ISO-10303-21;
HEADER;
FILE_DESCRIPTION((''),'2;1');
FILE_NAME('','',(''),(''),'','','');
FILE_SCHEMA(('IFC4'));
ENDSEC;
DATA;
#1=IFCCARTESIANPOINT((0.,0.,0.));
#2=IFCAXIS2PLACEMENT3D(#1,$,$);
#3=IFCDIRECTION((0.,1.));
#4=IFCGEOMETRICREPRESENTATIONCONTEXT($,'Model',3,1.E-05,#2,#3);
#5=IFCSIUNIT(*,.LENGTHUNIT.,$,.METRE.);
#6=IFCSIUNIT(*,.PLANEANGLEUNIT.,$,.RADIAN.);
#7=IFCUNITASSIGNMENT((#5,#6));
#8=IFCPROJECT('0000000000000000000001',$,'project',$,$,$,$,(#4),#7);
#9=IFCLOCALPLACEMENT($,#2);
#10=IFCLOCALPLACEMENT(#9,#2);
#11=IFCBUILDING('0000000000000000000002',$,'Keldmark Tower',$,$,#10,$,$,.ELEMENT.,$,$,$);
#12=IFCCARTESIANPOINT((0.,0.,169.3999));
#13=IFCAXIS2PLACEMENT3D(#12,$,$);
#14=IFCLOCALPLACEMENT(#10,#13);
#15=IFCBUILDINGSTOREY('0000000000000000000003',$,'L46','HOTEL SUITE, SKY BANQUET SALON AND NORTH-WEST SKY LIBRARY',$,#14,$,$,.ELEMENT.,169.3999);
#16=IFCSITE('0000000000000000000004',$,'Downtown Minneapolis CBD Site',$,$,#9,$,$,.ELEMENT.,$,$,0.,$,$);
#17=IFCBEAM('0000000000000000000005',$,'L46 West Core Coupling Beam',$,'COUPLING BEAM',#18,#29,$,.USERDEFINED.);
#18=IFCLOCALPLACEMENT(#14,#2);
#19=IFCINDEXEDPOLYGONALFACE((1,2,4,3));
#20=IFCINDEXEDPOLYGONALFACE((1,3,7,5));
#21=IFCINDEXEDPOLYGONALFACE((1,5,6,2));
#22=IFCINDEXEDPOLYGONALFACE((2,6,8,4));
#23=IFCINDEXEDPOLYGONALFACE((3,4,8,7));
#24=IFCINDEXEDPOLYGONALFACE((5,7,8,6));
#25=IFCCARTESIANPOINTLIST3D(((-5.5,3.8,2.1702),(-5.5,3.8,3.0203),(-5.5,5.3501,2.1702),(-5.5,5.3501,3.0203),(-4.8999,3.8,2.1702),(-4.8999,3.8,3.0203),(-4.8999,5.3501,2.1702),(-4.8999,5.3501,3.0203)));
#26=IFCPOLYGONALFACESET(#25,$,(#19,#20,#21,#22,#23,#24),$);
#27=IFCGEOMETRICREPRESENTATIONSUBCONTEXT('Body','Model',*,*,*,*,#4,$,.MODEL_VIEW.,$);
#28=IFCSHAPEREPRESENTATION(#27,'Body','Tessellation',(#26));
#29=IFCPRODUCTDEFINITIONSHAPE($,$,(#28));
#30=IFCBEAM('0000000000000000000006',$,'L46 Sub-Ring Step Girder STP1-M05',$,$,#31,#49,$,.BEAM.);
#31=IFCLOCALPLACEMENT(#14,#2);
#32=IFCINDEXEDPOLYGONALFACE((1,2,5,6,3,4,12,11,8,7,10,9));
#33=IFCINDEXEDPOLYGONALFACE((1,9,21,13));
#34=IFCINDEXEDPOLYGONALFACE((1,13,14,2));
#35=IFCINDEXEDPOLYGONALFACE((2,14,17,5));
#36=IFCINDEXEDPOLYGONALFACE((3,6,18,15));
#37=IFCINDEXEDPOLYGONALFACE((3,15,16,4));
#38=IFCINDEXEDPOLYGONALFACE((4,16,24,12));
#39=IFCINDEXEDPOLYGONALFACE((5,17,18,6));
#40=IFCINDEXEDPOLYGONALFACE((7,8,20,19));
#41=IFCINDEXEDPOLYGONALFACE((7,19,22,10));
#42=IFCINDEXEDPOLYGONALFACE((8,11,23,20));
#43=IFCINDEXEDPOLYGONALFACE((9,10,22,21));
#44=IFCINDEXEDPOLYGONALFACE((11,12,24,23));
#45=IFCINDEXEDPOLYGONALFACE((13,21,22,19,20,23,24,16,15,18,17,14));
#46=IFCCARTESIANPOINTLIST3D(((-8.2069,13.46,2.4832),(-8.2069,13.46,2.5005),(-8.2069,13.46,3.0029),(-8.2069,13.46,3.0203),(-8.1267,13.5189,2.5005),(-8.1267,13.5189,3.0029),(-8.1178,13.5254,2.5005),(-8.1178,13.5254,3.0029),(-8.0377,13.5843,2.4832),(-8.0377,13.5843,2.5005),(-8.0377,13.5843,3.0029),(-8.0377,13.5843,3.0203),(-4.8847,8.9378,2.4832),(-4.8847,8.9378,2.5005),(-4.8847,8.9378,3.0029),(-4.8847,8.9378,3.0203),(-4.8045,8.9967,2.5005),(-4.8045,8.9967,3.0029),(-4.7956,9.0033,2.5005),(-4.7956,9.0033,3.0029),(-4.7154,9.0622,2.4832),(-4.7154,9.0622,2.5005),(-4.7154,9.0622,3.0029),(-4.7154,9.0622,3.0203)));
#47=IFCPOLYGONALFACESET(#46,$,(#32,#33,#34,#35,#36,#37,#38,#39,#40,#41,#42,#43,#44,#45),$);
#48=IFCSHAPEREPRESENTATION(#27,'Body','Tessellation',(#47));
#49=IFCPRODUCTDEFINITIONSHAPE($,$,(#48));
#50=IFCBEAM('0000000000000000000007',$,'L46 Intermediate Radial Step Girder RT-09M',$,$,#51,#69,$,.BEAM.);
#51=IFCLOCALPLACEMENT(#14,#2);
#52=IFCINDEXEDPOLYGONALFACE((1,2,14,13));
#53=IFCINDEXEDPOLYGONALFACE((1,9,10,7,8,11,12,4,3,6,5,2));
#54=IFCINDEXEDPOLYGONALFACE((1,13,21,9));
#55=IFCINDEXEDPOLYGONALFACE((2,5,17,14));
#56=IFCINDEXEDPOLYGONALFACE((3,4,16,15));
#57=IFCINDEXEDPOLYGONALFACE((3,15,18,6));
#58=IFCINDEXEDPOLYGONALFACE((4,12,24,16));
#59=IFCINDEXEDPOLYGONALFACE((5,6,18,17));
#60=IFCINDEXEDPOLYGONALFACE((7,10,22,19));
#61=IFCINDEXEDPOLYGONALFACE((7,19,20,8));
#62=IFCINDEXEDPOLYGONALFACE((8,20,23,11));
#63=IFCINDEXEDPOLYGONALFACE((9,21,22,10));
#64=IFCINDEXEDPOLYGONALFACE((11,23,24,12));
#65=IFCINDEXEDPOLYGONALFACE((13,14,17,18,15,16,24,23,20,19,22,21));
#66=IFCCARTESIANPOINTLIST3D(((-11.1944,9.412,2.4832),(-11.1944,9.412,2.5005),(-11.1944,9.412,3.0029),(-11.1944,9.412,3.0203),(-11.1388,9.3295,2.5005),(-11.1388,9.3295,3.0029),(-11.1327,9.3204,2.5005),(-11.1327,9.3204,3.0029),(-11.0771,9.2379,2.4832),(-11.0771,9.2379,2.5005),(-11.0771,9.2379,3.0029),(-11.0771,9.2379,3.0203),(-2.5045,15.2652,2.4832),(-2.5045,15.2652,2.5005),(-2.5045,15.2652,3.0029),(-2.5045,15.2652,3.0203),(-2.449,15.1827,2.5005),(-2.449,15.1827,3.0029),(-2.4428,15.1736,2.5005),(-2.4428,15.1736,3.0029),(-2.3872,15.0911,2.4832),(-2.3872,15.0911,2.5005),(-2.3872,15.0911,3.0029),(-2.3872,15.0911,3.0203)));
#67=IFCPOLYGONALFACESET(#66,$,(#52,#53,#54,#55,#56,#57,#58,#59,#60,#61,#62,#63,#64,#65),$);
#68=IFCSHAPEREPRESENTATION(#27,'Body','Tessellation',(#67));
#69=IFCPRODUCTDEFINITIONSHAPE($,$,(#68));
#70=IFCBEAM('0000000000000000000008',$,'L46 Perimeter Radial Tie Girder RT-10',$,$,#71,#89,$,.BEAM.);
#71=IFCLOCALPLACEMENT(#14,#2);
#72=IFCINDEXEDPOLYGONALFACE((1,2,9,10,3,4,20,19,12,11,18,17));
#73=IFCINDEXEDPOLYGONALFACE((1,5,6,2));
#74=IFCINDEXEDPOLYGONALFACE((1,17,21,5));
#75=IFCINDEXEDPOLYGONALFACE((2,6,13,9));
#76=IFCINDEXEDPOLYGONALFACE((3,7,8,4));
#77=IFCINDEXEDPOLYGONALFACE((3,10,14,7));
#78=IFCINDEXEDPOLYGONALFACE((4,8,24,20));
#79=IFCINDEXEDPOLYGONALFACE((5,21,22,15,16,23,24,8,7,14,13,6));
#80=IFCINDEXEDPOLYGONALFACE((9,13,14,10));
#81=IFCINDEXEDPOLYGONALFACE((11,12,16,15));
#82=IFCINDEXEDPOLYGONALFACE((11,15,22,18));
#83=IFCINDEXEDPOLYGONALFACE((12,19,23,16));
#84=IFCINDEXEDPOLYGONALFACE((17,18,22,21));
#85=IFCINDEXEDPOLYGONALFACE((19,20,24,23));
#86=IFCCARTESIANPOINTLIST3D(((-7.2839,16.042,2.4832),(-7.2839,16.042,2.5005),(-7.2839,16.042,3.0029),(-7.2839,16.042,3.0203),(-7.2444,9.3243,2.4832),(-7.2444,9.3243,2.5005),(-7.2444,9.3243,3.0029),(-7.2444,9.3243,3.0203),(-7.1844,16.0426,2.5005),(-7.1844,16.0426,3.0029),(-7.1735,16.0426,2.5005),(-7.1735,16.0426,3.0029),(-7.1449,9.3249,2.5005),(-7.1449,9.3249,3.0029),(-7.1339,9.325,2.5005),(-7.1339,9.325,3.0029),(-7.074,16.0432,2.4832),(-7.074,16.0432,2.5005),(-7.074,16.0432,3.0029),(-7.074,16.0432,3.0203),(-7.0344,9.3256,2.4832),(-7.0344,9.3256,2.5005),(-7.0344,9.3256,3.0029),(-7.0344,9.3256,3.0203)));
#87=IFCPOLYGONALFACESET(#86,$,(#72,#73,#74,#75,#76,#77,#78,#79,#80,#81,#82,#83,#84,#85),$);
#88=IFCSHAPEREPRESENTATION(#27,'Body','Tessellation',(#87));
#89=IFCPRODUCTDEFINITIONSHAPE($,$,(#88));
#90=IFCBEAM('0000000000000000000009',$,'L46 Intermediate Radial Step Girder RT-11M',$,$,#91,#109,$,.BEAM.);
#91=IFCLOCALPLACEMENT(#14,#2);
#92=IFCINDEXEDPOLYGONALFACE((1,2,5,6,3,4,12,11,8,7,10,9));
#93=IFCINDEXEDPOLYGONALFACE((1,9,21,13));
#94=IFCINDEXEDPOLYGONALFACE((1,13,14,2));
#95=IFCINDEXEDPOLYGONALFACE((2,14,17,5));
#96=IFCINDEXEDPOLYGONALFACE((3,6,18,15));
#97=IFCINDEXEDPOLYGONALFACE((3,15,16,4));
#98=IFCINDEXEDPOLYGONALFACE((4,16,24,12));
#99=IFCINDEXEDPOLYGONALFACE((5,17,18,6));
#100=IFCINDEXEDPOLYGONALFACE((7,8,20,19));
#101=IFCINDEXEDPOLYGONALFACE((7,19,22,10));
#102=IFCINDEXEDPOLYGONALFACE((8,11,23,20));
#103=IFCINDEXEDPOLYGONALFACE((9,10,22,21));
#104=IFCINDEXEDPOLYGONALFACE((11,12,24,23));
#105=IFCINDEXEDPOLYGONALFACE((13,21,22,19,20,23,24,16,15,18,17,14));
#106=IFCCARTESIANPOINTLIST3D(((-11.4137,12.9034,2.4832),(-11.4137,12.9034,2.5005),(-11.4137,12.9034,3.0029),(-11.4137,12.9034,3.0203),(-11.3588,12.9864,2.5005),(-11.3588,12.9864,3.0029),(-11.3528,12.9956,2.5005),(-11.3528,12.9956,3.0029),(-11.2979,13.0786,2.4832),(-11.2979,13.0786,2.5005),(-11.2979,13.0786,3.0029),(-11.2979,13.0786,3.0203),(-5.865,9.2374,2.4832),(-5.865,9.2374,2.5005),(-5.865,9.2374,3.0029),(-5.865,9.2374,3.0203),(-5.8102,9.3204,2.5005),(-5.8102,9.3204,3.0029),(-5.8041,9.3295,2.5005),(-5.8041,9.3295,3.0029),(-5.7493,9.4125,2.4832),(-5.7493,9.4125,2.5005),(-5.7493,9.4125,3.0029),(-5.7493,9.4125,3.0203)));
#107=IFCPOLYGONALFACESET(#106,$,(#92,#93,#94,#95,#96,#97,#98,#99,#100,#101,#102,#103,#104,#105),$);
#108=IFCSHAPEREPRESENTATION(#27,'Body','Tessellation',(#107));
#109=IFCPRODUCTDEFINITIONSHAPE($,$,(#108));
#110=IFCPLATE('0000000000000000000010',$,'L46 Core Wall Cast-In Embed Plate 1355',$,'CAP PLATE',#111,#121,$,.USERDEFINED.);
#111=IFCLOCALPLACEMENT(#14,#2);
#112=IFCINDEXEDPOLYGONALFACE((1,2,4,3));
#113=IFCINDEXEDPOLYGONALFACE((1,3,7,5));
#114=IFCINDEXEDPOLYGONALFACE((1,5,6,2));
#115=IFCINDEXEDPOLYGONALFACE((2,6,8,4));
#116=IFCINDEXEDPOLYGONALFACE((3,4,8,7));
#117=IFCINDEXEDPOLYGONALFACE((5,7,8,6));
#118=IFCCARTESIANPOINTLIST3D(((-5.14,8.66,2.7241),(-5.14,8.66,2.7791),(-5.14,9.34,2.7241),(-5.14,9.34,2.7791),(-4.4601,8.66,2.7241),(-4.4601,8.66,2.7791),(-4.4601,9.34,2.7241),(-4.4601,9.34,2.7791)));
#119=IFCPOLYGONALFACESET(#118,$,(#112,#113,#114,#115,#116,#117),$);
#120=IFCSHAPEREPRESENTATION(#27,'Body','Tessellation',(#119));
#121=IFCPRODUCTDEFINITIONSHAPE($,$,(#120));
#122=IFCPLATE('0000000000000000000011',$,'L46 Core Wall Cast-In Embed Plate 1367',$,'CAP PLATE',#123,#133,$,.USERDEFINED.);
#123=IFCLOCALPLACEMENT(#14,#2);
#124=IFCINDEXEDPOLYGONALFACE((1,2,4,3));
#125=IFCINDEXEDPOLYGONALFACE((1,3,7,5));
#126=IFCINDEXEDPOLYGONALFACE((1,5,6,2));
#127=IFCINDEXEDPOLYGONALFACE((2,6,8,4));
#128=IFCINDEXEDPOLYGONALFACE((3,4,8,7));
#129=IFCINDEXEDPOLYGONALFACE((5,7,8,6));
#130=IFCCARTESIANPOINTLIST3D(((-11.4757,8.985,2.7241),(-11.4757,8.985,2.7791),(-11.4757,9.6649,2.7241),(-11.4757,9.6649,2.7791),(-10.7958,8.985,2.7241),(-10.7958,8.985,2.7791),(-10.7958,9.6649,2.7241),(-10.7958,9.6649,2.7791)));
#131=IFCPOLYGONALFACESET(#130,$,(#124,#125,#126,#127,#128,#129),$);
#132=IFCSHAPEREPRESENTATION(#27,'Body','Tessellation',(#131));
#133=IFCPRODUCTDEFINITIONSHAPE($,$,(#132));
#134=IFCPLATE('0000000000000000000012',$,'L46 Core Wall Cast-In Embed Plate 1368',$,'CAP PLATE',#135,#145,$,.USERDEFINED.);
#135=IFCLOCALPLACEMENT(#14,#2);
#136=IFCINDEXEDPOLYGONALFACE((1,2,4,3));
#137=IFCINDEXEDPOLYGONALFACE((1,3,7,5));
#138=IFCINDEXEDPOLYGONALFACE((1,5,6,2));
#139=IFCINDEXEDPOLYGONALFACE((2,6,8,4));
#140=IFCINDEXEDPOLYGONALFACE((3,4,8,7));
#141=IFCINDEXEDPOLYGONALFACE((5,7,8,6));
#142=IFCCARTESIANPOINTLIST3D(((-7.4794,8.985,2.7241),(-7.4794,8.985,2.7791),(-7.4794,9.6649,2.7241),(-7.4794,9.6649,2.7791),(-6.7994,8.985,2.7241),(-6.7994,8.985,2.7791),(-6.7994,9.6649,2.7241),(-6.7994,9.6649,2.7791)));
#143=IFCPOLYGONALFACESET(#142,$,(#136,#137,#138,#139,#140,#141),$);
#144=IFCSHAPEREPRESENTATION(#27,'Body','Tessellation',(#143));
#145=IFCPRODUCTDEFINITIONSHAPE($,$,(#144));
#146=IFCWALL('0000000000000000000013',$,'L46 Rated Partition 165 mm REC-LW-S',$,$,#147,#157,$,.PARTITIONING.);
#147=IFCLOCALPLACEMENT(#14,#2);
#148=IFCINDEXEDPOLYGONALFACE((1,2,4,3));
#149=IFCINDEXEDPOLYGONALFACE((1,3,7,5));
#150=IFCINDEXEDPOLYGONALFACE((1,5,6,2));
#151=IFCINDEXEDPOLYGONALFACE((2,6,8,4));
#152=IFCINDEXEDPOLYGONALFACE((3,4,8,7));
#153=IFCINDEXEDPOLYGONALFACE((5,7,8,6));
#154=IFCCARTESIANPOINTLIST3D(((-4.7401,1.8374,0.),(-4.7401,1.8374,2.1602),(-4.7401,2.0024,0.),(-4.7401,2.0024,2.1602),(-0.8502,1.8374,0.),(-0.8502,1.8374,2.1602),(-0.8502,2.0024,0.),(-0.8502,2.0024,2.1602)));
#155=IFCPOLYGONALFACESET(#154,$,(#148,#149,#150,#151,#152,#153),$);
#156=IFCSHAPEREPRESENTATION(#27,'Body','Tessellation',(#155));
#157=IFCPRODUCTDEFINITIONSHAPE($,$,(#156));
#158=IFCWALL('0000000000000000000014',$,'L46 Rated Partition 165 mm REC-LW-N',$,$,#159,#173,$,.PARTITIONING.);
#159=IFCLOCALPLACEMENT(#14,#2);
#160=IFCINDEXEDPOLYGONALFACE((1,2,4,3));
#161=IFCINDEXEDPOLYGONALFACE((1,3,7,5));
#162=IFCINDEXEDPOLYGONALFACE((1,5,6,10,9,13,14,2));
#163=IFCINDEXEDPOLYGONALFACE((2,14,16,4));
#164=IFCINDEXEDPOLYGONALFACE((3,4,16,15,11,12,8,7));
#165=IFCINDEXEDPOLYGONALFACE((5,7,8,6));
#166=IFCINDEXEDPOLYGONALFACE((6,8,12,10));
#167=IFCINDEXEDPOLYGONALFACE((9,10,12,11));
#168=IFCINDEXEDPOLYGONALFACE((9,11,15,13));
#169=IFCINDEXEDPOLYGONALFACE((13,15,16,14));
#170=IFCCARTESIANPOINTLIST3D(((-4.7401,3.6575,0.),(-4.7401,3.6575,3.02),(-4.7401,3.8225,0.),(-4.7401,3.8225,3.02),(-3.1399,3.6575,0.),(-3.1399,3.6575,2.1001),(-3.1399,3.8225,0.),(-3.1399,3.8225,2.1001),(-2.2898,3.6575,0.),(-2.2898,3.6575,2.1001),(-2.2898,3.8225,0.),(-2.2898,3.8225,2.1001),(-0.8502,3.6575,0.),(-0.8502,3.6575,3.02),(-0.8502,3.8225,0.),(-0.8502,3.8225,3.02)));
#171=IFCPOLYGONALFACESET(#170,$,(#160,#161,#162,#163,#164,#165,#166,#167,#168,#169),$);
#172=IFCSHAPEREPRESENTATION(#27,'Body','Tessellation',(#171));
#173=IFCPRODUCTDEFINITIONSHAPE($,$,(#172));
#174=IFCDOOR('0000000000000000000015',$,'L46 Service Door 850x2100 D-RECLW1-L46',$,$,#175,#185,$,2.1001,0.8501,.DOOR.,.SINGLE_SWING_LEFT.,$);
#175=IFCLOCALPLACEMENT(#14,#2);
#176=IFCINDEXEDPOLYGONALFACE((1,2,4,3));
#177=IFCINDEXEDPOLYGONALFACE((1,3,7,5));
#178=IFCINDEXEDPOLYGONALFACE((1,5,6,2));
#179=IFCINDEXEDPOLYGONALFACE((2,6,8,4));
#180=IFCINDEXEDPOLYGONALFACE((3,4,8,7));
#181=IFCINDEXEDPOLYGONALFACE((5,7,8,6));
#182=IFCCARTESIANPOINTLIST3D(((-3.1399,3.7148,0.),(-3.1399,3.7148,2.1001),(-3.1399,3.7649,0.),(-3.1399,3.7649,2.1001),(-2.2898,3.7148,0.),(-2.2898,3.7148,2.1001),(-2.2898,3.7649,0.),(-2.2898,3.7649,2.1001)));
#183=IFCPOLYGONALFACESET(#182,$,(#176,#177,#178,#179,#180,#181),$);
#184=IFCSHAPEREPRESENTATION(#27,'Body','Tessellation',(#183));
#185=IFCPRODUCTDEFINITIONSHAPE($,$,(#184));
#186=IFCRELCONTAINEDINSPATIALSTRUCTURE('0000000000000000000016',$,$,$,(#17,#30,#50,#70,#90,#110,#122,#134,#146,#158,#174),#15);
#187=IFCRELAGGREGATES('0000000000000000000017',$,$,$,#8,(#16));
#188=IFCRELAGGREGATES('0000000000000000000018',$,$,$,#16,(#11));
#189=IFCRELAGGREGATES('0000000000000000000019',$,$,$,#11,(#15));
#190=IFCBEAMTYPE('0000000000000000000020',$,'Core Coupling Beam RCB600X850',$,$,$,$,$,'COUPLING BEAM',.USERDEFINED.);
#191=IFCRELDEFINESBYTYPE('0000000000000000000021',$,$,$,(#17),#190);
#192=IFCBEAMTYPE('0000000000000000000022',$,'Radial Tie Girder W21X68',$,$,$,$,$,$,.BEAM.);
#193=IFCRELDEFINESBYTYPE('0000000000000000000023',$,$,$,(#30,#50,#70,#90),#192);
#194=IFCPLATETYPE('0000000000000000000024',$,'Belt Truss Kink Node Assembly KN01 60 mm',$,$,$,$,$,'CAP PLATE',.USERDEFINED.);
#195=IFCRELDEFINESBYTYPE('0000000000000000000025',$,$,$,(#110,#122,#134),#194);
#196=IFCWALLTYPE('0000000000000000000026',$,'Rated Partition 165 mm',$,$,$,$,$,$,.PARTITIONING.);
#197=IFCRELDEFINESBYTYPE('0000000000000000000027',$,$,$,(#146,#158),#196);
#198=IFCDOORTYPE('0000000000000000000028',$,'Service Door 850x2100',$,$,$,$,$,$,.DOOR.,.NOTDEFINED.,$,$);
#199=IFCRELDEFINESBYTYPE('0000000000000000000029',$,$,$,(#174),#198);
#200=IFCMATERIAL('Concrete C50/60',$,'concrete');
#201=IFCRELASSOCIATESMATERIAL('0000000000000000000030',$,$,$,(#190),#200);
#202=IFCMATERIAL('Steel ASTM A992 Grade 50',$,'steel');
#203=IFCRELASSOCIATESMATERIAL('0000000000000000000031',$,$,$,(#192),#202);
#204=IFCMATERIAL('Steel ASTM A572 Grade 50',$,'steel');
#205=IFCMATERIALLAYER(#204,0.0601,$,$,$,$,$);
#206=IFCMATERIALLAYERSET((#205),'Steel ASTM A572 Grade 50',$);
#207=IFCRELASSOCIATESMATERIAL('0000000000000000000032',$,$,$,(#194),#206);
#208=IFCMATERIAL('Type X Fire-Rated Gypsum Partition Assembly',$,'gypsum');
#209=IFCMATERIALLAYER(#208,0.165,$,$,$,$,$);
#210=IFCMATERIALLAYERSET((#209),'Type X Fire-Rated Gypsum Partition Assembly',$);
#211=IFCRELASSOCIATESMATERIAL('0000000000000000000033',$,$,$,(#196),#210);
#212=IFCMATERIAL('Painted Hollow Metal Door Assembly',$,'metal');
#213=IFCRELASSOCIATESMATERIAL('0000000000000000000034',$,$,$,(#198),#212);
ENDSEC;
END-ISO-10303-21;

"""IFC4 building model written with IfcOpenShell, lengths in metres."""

from ifc_helpers import new_model, si_unit, direction, frame, frame_2d, origin, origin_2d, place, context, subcontext, project, spatial, rectangle, i_section, extrude, material, layer, layer_set, material_profile, profile_set, type_object, element, fill, save


model = new_model("IFC4")

# Units and contexts
model_context = context("Model", 3, precision=1e-05, world=origin(), true_north=direction((0.0, 1.0)))
body_context = subcontext(model_context, "Body", "Model", "MODEL_VIEW")
ifc_project = project(units=[si_unit("LENGTHUNIT", "METRE"), si_unit("PLANEANGLEUNIT", "RADIAN")], contexts=[model_context])

# Site, building, storey
site_placement = place(None, origin())
site = spatial("IfcSite", under=ifc_project, at=site_placement, Name="Downtown Minneapolis CBD Site", CompositionType="ELEMENT", RefElevation=0.0)
building_placement = place(site_placement, origin())
building = spatial("IfcBuilding", under=site, at=building_placement, Name="Keldmark Tower", CompositionType="ELEMENT")
storey_placement = place(building_placement, frame((0.0, 0.0, 169.3999)))
storey = spatial("IfcBuildingStorey", under=building, at=storey_placement, Name="L46", Description="HOTEL SUITE, SKY BANQUET SALON AND NORTH-WEST SKY LIBRARY", CompositionType="ELEMENT", Elevation=169.3999)

# Beams
ifc_material_1 = material(Name="Concrete C50/60", Category="concrete")
ifc_material_profile_1 = material_profile(ifc_material_1, rectangle(XDim=0.6001, YDim=0.8501, at=origin_2d()), Name="RCB600X850")
ifc_profile_set_1 = profile_set([ifc_material_profile_1], Name="Concrete C50/60")
beam_type_1 = type_object("IfcBeamType", Name="Core Coupling Beam RCB600X850", ElementType="COUPLING BEAM", PredefinedType="USERDEFINED", material=ifc_profile_set_1)
beam_1_placement = place(storey_placement, frame((-5.2, 3.8, 2.5952), z_axis=(0.0, 1.0, 0.0), x_axis=(-1.0, 0.0, 0.0)))
element("IfcBeam", 1, at=beam_1_placement, inside=storey, type_object=beam_type_1, Name="L46 West Core Coupling Beam", ObjectType="COUPLING BEAM", PredefinedType="USERDEFINED", context=body_context, shape_type="SweptSolid", body=[
    extrude(rectangle(XDim=0.6001, YDim=0.8501, at=origin_2d()), origin(), (0.0, 0.0, 1.0), 1.55),
])
ifc_material_2 = material(Name="Steel ASTM A992 Grade 50", Category="steel")
ifc_material_profile_2 = material_profile(ifc_material_2, i_section(OverallWidth=0.21, OverallDepth=0.5371, WebThickness=0.011, FlangeThickness=0.0173, at=origin_2d()), Name="W21X68")
ifc_profile_set_2 = profile_set([ifc_material_profile_2], Name="Steel ASTM A992 Grade 50")
beam_type_2 = type_object("IfcBeamType", Name="Radial Tie Girder W21X68", PredefinedType="BEAM", material=ifc_profile_set_2)
beam_2_placement = place(storey_placement, frame((-4.8, 9.0, 2.7517), z_axis=(-0.592056, 0.805897, 0.0), x_axis=(-0.805897, -0.592056, 0.0)))
element("IfcBeam", 2, at=beam_2_placement, inside=storey, type_object=beam_type_2, Name="L46 Sub-Ring Step Girder STP1-M05", PredefinedType="BEAM", context=body_context, shape_type="SweptSolid", body=[
    extrude(i_section(OverallWidth=0.21, OverallDepth=0.5371, WebThickness=0.011, FlangeThickness=0.0173, at=origin_2d()), origin(), (0.0, 0.0, 1.0), 5.6113),
])
beam_3_placement = place(storey_placement, frame((-11.1357, 9.325, 2.7517), z_axis=(0.829399, 0.558657, 0.0), x_axis=(-0.558657, 0.829399, 0.0)))
element("IfcBeam", 3, at=beam_3_placement, inside=storey, type_object=beam_type_2, Name="L46 Intermediate Radial Step Girder RT-09M", PredefinedType="BEAM", context=body_context, shape_type="SweptSolid", body=[
    extrude(i_section(OverallWidth=0.21, OverallDepth=0.5371, WebThickness=0.011, FlangeThickness=0.0173, at=origin_2d()), origin(), (0.0, 0.0, 1.0), 10.4773),
])
beam_4_placement = place(storey_placement, frame((-7.1394, 9.325, 2.7517), z_axis=(-0.005887, 0.999983, 0.0), x_axis=(-0.999983, -0.005887, 0.0)))
element("IfcBeam", 4, at=beam_4_placement, inside=storey, type_object=beam_type_2, Name="L46 Perimeter Radial Tie Girder RT-10", PredefinedType="BEAM", context=body_context, shape_type="SweptSolid", body=[
    extrude(i_section(OverallWidth=0.21, OverallDepth=0.5371, WebThickness=0.011, FlangeThickness=0.0173, at=origin_2d()), origin(), (0.0, 0.0, 1.0), 6.7178),
])
beam_5_placement = place(storey_placement, frame((-5.8071, 9.325, 2.7517), z_axis=(-0.834336, 0.551256, 0.0), x_axis=(-0.551256, -0.834336, 0.0)))
element("IfcBeam", 5, at=beam_5_placement, inside=storey, type_object=beam_type_2, Name="L46 Intermediate Radial Step Girder RT-11M", PredefinedType="BEAM", context=body_context, shape_type="SweptSolid", body=[
    extrude(i_section(OverallWidth=0.21, OverallDepth=0.5371, WebThickness=0.011, FlangeThickness=0.0173, at=origin_2d()), origin(), (0.0, 0.0, 1.0), 6.6504),
])

# Plates
ifc_material_3 = material(Name="Steel ASTM A572 Grade 50", Category="steel")
ifc_layer_1 = layer(ifc_material_3, 0.0601)
ifc_layer_set_1 = layer_set([ifc_layer_1], Name="Steel ASTM A572 Grade 50")
plate_type = type_object("IfcPlateType", Name="Belt Truss Kink Node Assembly KN01 60 mm", ElementType="CAP PLATE", PredefinedType="USERDEFINED", material=ifc_layer_set_1)
for number, where, z_axis, x_axis, name in (
    (6, (-4.8, 9.0, 2.7241), (0.0, 0.0, 1.0), (1.0, 0.0, 0.0), "L46 Core Wall Cast-In Embed Plate 1355"),
    (7, (-11.1357, 9.325, 2.7241), (0.0, 0.0, 1.0), (1.0, 0.0, 0.0), "L46 Core Wall Cast-In Embed Plate 1367"),
    (8, (-7.1394, 9.325, 2.7241), (0.0, 0.0, 1.0), (1.0, 0.0, 0.0), "L46 Core Wall Cast-In Embed Plate 1368"),
):
    element("IfcPlate", number, at=place(storey_placement, frame(where, z_axis=z_axis, x_axis=x_axis)), inside=storey, type_object=plate_type, Name=name, ObjectType="CAP PLATE", PredefinedType="USERDEFINED", context=body_context, shape_type="SweptSolid", body=[
        extrude(rectangle(XDim=0.6799, YDim=0.6799, at=origin_2d()), origin(), (0.0, 0.0, 1.0), 0.0549),
    ])

# Wall
ifc_material_4 = material(Name="Type X Fire-Rated Gypsum Partition Assembly", Category="gypsum")
ifc_layer_2 = layer(ifc_material_4, 0.165)
ifc_layer_set_2 = layer_set([ifc_layer_2], Name="Type X Fire-Rated Gypsum Partition Assembly")
wall_type_1 = type_object("IfcWallType", Name="Rated Partition 165 mm", PredefinedType="PARTITIONING", material=ifc_layer_set_2)
wall_1_placement = place(storey_placement, frame((-4.74, 1.9199, 0.0), z_axis=(0.0, 0.0, 1.0), x_axis=(1.0, 0.0, 0.0)))
element("IfcWall", 9, at=wall_1_placement, inside=storey, type_object=wall_type_1, Name="L46 Rated Partition 165 mm REC-LW-S", PredefinedType="PARTITIONING", context=body_context, shape_type="SweptSolid", body=[
    extrude(rectangle(XDim=3.8899, YDim=0.165, at=frame_2d((1.9448, 0.0))), origin(), (0.0, 0.0, 1.0), 2.1602),
])

# Wall, opening, door
wall_2_placement = place(storey_placement, frame((-4.74, 3.74, 0.0), z_axis=(0.0, 0.0, 1.0), x_axis=(1.0, 0.0, 0.0)))
wall_2 = element("IfcWall", 10, at=wall_2_placement, inside=storey, type_object=wall_type_1, Name="L46 Rated Partition 165 mm REC-LW-N", PredefinedType="PARTITIONING", context=body_context, shape_type="SweptSolid", body=[
    extrude(rectangle(XDim=3.8899, YDim=0.165, at=frame_2d((1.9448, 0.0))), origin(), (0.0, 0.0, 1.0), 3.02),
])
opening_1_placement = place(wall_2_placement, frame((1.6001, 0.0, 0.0)))
opening_1 = element("IfcOpeningElement", 11, at=opening_1_placement, cuts=wall_2, PredefinedType="OPENING", context=body_context, shape_type="SweptSolid", body=[
    extrude(rectangle(XDim=0.8501, YDim=2.1001, at=frame_2d((0.425, 1.05))), frame((0.0, 0.0925, 0.0), z_axis=(0.0, -1.0, 0.0), x_axis=(1.0, 0.0, 0.0)), (0.0, 0.0, 1.0), 0.1851),
])
ifc_material_5 = material(Name="Painted Hollow Metal Door Assembly", Category="metal")
door_type_1 = type_object("IfcDoorType", Name="Service Door 850x2100", OperationType="NOTDEFINED", PredefinedType="DOOR", material=ifc_material_5)
door_1_placement = place(opening_1_placement, origin())
door_1 = element("IfcDoor", 12, at=door_1_placement, inside=storey, type_object=door_type_1, Name="L46 Service Door 850x2100 D-RECLW1-L46", OperationType="SINGLE_SWING_LEFT", OverallHeight=2.1001, OverallWidth=0.8501, PredefinedType="DOOR", context=body_context, shape_type="SweptSolid", body=[
    extrude(rectangle(XDim=0.8501, YDim=2.1001, at=frame_2d((0.425, 1.05))), frame((0.0, 0.0249, 0.0), z_axis=(0.0, -1.0, 0.0), x_axis=(1.0, 0.0, 0.0)), (0.0, 0.0, 1.0), 0.05),
])
fill(opening_1, door_1)

save(model, "model.ifc")
